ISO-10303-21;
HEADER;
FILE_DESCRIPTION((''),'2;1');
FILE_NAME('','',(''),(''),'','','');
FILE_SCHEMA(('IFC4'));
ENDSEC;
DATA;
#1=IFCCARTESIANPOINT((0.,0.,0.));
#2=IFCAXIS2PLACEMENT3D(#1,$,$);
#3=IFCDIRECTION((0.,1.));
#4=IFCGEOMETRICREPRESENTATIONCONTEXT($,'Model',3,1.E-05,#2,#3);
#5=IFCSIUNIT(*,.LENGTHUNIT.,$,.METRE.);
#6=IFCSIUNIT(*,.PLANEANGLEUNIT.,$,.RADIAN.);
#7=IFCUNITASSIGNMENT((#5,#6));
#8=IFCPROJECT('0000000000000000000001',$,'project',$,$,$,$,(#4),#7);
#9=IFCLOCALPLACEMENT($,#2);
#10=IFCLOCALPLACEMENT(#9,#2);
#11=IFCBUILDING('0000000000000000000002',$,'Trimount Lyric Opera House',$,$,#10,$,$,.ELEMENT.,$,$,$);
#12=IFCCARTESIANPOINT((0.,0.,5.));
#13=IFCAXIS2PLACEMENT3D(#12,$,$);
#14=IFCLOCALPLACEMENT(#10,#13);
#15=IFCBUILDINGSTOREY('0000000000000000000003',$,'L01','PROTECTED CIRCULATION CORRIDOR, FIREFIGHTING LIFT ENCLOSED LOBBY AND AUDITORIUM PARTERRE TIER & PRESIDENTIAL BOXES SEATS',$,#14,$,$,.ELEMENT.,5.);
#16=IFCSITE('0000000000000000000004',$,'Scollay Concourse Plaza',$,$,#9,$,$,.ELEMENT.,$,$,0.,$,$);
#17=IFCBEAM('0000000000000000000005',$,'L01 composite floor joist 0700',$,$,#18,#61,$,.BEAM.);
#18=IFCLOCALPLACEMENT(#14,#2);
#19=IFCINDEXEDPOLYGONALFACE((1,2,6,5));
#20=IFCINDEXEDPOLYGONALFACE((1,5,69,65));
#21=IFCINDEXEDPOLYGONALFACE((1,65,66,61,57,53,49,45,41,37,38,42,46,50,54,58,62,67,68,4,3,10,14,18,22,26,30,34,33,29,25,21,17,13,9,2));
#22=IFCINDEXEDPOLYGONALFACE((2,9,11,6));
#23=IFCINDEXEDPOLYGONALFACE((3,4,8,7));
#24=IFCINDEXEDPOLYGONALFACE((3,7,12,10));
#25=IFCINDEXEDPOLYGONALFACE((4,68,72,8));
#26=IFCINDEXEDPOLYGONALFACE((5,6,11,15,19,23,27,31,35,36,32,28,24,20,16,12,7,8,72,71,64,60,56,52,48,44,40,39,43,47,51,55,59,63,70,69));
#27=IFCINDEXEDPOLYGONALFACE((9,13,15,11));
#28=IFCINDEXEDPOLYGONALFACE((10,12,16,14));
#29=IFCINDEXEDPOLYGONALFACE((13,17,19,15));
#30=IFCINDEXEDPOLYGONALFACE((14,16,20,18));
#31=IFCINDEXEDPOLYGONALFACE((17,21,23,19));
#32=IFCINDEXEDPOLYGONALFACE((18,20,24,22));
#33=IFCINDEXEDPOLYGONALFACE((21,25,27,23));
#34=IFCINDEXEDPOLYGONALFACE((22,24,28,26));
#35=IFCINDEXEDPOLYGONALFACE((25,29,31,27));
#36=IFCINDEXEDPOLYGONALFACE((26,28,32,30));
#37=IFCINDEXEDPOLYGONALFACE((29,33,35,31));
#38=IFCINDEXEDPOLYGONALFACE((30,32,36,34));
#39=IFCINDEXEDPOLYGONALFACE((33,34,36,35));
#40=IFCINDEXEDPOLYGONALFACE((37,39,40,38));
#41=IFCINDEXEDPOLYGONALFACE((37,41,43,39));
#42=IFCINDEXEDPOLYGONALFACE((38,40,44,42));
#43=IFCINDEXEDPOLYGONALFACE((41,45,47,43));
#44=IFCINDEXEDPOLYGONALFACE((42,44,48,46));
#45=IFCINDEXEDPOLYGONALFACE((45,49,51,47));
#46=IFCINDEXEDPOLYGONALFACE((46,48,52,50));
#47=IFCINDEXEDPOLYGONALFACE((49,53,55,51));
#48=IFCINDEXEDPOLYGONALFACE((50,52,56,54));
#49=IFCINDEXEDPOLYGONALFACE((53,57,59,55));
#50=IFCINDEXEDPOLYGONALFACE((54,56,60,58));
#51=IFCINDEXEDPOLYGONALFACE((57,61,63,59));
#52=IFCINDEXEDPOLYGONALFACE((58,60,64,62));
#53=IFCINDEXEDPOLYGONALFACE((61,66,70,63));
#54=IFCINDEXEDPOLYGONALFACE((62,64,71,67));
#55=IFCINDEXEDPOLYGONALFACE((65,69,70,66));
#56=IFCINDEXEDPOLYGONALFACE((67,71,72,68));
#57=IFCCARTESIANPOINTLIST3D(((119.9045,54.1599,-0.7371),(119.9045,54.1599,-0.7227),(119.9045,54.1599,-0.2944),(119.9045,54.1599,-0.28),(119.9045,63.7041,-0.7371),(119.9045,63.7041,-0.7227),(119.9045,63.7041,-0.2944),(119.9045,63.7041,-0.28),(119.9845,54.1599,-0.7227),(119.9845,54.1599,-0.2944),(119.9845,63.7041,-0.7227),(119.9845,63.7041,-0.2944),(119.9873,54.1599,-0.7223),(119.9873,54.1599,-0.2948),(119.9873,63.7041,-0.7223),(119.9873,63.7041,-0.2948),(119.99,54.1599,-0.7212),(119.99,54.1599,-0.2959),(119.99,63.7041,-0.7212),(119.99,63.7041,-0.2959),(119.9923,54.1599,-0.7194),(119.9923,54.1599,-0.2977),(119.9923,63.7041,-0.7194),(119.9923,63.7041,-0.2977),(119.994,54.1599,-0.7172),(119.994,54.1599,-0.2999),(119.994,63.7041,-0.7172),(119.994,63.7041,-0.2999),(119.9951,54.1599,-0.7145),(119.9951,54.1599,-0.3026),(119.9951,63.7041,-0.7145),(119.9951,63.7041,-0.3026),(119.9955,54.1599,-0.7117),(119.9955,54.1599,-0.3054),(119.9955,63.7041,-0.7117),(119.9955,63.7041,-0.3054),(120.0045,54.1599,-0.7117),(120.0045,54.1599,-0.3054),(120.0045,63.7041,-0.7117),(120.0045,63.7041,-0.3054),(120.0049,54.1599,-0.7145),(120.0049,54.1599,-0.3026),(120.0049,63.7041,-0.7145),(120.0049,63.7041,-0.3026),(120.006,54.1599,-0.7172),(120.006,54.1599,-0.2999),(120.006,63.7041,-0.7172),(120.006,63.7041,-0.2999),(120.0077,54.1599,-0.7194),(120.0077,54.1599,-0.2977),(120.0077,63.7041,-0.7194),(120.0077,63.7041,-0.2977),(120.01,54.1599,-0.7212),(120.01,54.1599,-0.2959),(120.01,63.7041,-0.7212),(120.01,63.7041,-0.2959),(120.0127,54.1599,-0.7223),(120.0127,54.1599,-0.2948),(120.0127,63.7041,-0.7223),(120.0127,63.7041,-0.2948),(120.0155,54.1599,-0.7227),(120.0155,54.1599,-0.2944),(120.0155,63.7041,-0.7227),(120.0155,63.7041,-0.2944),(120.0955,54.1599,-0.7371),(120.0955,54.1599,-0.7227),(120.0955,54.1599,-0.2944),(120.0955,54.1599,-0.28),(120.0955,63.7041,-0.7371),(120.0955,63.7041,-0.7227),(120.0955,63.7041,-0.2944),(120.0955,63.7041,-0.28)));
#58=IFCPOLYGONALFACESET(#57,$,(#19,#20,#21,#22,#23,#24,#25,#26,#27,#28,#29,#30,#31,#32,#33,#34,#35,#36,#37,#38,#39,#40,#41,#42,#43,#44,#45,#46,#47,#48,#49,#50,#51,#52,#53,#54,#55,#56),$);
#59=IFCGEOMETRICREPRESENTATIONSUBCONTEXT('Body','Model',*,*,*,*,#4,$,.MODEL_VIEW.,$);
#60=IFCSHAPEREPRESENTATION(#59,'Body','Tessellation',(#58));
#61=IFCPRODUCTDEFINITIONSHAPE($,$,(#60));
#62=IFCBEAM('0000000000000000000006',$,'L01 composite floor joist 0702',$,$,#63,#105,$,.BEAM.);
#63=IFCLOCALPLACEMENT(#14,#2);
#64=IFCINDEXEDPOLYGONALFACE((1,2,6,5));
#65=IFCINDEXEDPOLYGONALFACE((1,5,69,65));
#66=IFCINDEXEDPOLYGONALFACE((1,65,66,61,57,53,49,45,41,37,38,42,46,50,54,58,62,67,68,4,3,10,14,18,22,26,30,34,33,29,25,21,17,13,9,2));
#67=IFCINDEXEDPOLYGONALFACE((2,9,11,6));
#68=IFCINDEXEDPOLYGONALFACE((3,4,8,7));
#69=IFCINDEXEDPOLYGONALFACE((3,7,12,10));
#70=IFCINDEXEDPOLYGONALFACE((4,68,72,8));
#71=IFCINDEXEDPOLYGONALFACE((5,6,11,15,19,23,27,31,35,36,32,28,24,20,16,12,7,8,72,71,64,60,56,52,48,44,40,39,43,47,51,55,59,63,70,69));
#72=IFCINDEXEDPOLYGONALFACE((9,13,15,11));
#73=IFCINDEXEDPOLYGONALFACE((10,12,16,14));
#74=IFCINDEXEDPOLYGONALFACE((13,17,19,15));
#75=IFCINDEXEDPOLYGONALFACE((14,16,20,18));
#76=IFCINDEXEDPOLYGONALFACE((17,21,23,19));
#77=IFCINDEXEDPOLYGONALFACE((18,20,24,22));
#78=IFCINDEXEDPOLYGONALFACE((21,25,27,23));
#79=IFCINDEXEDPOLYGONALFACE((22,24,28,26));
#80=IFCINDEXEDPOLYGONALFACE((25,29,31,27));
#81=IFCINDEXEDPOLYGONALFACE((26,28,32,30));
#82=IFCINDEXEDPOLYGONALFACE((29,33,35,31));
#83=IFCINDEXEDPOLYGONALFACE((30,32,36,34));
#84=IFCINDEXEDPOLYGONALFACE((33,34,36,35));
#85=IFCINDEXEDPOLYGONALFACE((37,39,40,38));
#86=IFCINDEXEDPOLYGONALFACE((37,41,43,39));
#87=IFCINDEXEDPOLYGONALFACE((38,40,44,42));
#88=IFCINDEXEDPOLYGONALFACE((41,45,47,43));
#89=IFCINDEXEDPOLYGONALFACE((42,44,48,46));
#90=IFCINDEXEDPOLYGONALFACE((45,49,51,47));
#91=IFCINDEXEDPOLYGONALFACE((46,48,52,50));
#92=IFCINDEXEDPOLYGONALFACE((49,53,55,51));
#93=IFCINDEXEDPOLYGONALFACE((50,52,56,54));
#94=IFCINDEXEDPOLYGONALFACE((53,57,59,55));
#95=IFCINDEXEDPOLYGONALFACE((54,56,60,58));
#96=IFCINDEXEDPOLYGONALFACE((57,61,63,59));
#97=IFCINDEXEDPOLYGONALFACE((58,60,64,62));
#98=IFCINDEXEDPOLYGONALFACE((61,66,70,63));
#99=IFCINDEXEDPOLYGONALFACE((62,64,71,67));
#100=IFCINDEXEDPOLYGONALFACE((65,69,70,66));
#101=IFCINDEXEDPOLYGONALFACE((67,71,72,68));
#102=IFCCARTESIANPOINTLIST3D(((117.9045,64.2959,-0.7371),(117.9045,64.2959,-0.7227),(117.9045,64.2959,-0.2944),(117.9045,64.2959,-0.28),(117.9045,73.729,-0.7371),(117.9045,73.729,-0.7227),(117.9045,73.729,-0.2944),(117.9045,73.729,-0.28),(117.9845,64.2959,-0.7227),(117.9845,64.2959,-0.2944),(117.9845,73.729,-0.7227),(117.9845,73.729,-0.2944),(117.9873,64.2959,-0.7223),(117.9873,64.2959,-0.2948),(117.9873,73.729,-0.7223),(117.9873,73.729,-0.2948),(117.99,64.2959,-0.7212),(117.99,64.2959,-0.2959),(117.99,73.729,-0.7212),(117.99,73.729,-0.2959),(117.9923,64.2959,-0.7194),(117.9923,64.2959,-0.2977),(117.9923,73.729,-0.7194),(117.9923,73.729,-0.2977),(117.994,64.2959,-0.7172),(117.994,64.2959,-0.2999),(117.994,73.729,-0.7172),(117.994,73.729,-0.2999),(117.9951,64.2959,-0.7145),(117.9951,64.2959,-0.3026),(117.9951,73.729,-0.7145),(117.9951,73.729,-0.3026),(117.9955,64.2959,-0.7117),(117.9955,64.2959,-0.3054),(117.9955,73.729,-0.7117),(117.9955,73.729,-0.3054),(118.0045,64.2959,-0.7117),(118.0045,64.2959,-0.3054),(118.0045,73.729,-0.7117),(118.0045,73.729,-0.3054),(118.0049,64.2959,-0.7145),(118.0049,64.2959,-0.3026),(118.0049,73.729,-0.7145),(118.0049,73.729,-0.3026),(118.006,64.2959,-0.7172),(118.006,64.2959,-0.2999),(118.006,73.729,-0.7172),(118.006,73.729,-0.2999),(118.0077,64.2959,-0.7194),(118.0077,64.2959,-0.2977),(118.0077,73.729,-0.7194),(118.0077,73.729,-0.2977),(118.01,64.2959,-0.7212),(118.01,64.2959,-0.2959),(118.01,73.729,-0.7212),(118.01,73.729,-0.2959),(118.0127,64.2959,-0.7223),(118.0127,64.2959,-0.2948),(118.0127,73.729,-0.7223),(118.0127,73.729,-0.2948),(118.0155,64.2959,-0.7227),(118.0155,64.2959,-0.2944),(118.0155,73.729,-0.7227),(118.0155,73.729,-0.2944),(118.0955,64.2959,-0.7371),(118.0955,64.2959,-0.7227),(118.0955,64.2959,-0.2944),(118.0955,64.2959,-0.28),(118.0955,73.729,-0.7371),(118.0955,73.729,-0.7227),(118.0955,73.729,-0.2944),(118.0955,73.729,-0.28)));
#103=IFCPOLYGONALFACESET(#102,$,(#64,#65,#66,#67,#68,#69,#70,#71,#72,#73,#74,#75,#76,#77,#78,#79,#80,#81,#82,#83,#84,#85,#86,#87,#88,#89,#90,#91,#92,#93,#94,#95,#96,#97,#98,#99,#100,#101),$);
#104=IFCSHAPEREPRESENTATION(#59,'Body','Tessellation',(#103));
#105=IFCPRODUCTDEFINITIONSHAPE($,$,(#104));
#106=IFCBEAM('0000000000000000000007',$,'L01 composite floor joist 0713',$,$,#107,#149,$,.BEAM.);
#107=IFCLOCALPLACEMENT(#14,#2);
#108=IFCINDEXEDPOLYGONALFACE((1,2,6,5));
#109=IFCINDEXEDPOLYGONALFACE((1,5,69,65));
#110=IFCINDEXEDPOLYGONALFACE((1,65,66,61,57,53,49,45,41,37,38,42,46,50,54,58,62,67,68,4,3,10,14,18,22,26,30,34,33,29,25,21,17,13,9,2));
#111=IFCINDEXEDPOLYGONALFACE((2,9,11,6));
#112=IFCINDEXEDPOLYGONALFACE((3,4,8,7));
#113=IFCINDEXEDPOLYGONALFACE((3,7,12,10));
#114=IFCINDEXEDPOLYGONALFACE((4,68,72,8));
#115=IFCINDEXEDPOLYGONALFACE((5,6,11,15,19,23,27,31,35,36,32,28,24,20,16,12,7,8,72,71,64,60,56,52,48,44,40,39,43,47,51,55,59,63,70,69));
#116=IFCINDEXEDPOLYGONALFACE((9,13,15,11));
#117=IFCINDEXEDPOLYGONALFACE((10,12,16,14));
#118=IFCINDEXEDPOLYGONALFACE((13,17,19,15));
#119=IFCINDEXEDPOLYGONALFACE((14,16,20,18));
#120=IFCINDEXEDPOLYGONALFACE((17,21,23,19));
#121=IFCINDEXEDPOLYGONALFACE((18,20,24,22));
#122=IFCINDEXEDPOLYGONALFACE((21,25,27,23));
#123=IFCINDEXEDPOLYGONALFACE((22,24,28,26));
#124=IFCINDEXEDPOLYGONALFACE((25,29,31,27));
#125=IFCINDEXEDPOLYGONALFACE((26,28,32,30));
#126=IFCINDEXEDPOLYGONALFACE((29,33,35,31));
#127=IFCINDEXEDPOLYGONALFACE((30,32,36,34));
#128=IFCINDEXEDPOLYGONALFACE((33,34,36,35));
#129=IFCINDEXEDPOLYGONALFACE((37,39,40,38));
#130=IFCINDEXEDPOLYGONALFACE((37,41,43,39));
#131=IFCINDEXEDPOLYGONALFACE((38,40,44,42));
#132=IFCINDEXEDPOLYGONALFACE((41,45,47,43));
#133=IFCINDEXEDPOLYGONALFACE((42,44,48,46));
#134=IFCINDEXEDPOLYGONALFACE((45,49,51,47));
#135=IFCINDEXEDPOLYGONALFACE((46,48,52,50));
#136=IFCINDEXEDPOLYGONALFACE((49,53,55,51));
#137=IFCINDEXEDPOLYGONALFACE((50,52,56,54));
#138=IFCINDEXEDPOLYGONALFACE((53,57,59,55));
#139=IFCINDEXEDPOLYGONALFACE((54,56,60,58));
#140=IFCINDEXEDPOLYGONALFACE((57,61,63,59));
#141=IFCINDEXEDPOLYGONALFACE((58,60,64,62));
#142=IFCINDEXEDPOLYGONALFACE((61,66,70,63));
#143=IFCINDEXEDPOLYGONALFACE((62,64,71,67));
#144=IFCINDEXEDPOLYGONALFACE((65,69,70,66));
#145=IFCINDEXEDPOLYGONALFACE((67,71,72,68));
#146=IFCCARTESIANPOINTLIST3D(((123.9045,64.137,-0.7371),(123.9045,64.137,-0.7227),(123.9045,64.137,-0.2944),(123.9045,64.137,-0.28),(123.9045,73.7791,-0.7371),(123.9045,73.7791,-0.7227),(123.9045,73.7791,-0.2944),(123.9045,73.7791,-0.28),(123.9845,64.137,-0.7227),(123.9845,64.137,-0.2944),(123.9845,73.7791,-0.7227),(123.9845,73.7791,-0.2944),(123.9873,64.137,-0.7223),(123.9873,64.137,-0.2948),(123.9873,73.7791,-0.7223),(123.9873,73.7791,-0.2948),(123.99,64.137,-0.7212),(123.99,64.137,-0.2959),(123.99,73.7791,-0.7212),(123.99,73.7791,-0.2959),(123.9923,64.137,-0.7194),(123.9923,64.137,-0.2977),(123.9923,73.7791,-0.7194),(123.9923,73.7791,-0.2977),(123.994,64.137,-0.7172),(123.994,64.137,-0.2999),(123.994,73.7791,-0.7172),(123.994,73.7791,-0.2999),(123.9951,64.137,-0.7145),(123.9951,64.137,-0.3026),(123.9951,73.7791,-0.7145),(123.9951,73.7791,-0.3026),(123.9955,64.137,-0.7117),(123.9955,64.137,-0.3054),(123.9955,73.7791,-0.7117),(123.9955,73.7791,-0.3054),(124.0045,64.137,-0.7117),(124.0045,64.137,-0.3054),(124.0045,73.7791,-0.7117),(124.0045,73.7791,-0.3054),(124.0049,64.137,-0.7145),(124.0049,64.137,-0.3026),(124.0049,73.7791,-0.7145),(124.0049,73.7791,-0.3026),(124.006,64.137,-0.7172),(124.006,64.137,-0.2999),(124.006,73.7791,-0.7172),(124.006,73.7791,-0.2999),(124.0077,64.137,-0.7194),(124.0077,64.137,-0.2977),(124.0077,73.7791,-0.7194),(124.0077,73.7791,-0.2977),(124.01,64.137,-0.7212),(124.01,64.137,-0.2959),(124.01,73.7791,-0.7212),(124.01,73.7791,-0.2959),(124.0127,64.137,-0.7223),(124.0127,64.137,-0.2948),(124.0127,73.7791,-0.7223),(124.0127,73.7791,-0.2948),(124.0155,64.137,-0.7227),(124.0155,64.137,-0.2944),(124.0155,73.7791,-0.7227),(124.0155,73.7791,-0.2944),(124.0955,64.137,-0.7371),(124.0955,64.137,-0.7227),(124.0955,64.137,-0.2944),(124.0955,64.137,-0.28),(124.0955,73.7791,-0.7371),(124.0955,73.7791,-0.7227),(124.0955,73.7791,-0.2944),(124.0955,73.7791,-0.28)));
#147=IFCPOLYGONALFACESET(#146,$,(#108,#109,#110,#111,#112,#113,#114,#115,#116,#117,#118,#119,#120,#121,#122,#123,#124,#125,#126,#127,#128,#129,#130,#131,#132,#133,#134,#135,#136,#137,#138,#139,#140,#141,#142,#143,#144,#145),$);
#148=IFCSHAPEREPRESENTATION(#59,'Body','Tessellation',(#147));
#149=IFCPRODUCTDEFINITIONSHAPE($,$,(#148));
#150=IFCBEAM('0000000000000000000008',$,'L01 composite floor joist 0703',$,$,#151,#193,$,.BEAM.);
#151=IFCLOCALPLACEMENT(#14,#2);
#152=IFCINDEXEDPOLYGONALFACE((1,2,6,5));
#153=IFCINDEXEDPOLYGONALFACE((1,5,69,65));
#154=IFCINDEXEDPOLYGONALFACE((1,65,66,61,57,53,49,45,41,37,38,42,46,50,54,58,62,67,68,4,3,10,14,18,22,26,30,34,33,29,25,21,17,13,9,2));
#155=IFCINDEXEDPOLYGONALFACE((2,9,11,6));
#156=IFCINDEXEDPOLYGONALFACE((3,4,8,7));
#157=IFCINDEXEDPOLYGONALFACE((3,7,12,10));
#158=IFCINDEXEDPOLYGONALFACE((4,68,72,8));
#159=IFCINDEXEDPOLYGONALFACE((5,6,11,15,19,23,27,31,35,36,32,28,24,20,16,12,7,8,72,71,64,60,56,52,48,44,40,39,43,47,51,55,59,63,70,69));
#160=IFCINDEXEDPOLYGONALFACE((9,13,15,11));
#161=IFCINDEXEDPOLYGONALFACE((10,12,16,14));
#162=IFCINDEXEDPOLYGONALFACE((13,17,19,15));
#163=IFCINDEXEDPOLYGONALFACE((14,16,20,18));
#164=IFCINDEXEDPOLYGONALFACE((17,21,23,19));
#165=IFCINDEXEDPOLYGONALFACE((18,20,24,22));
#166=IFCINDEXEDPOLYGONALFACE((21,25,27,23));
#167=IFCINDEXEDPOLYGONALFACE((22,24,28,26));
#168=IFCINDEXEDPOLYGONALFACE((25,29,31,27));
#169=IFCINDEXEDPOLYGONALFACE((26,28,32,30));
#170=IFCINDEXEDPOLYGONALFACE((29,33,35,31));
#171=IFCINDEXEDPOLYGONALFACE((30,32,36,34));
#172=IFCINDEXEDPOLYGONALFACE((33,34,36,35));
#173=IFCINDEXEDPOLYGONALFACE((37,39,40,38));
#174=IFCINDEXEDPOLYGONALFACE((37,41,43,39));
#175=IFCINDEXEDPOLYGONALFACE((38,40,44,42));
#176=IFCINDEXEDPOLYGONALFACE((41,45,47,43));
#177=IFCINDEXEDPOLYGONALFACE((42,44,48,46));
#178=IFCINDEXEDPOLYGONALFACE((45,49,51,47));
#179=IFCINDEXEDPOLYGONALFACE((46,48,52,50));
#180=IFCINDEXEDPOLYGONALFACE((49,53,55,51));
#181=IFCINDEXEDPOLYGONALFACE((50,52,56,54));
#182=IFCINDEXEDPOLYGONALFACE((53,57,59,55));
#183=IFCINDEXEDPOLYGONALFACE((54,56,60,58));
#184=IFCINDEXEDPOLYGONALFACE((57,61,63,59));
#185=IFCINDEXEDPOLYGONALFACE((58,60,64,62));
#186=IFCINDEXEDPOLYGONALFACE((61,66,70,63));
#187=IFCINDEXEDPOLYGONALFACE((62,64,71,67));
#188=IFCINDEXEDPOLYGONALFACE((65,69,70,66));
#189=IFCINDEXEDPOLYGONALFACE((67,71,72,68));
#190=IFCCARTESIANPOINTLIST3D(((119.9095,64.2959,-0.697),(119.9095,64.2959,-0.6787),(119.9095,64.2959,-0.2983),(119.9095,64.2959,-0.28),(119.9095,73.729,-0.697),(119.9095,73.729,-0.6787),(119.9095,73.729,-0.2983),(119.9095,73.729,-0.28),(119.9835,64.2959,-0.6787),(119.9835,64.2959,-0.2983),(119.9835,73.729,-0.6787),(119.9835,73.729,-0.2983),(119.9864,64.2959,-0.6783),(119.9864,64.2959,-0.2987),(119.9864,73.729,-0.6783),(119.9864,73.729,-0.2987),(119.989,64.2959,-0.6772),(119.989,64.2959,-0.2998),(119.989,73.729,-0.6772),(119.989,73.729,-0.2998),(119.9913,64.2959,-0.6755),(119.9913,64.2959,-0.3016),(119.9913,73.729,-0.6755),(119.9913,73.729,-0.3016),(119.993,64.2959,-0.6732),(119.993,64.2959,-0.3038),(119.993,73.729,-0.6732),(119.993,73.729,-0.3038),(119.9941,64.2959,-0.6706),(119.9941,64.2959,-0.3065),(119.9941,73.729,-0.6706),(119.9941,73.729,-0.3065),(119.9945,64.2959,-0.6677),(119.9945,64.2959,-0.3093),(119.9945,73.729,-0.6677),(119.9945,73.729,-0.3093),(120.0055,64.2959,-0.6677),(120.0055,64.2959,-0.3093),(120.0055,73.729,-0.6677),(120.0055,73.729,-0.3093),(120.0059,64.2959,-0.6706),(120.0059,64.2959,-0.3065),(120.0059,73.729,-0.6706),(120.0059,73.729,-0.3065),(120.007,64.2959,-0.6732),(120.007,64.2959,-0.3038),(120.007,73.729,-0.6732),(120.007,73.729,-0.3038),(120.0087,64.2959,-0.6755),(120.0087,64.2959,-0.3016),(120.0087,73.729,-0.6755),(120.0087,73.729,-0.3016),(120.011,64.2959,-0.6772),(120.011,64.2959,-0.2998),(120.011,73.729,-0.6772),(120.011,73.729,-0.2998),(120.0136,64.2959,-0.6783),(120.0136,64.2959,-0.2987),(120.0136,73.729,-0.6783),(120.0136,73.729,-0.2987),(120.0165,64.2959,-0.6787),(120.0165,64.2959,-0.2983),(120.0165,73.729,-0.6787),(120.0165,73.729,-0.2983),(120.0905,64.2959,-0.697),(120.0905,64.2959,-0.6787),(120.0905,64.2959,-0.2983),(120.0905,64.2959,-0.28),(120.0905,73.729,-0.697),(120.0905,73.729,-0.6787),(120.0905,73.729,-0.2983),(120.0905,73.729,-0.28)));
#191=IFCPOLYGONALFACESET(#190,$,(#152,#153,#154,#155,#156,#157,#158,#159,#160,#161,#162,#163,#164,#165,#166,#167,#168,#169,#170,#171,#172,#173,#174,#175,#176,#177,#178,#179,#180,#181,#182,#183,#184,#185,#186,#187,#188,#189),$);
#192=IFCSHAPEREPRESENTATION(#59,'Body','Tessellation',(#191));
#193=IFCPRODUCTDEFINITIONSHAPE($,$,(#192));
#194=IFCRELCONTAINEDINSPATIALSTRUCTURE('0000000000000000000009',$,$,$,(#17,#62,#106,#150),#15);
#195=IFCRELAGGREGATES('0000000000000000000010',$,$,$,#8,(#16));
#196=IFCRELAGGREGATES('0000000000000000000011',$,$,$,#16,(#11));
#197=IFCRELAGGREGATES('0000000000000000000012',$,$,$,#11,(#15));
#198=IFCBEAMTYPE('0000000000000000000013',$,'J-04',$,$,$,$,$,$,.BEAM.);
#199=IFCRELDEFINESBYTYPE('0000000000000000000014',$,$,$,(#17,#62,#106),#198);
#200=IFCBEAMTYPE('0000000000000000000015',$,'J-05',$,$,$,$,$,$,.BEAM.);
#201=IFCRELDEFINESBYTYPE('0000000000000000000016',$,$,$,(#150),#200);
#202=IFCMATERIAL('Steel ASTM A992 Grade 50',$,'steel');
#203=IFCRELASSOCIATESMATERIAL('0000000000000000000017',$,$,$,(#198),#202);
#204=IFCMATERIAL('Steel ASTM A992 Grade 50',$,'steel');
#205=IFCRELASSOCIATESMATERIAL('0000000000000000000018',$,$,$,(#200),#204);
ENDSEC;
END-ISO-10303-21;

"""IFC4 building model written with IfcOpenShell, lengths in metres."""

from ifc_helpers import new_model, si_unit, direction, frame, origin, origin_2d, place, context, subcontext, project, spatial, i_section, extrude, material, material_profile, profile_set, type_object, element, save


model = new_model("IFC4")

# Units and contexts
model_context = context("Model", 3, precision=1e-05, world=origin(), true_north=direction((0.0, 1.0)))
body_context = subcontext(model_context, "Body", "Model", "MODEL_VIEW")
ifc_project = project(units=[si_unit("LENGTHUNIT", "METRE"), si_unit("PLANEANGLEUNIT", "RADIAN")], contexts=[model_context])

# Site, building, storey
site_placement = place(None, origin())
site = spatial("IfcSite", under=ifc_project, at=site_placement, Name="Scollay Concourse Plaza", CompositionType="ELEMENT", RefElevation=0.0)
building_placement = place(site_placement, origin())
building = spatial("IfcBuilding", under=site, at=building_placement, Name="Trimount Lyric Opera House", CompositionType="ELEMENT")
storey_placement = place(building_placement, frame((0.0, 0.0, 5.0)))
storey = spatial("IfcBuildingStorey", under=building, at=storey_placement, Name="L01", Description="PROTECTED CIRCULATION CORRIDOR, FIREFIGHTING LIFT ENCLOSED LOBBY AND AUDITORIUM PARTERRE TIER & PRESIDENTIAL BOXES SEATS", CompositionType="ELEMENT", Elevation=5.0)

# Beams
ifc_material_1 = material(Name="Steel ASTM A992 Grade 50", Category="steel")
ifc_material_profile_1 = material_profile(ifc_material_1, i_section(OverallWidth=0.1909, OverallDepth=0.457, WebThickness=0.009, FlangeThickness=0.0144, FilletRadius=0.011, at=origin_2d()), Name="W18X50")
ifc_profile_set_1 = profile_set([ifc_material_profile_1], Name="Steel ASTM A992 Grade 50")
beam_type_1 = type_object("IfcBeamType", Name="J-04", PredefinedType="BEAM", material=ifc_profile_set_1)
beam_1_placement = place(storey_placement, frame((120.0, 54.1599, -0.5085), z_axis=(0.0, 1.0, 0.0), x_axis=(-1.0, 0.0, 0.0)))
element("IfcBeam", 1, at=beam_1_placement, inside=storey, type_object=beam_type_1, Name="L01 composite floor joist 0700", PredefinedType="BEAM", context=body_context, shape_type="SweptSolid", body=[
    extrude(i_section(OverallWidth=0.1909, OverallDepth=0.457, WebThickness=0.009, FlangeThickness=0.0144, FilletRadius=0.011, at=origin_2d()), origin(), (0.0, 0.0, 1.0), 9.5442),
])
beam_2_placement = place(storey_placement, frame((118.0, 64.2959, -0.5085), z_axis=(0.0, 1.0, 0.0), x_axis=(-1.0, 0.0, 0.0)))
element("IfcBeam", 2, at=beam_2_placement, inside=storey, type_object=beam_type_1, Name="L01 composite floor joist 0702", PredefinedType="BEAM", context=body_context, shape_type="SweptSolid", body=[
    extrude(i_section(OverallWidth=0.1909, OverallDepth=0.457, WebThickness=0.009, FlangeThickness=0.0144, FilletRadius=0.011, at=origin_2d()), origin(), (0.0, 0.0, 1.0), 9.4331),
])
beam_3_placement = place(storey_placement, frame((124.0, 64.137, -0.5085), z_axis=(0.0, 1.0, 0.0), x_axis=(-1.0, 0.0, 0.0)))
element("IfcBeam", 3, at=beam_3_placement, inside=storey, type_object=beam_type_1, Name="L01 composite floor joist 0713", PredefinedType="BEAM", context=body_context, shape_type="SweptSolid", body=[
    extrude(i_section(OverallWidth=0.1909, OverallDepth=0.457, WebThickness=0.009, FlangeThickness=0.0144, FilletRadius=0.011, at=origin_2d()), origin(), (0.0, 0.0, 1.0), 9.6421),
])
ifc_material_2 = material(Name="Steel ASTM A992 Grade 50", Category="steel")
ifc_material_profile_2 = material_profile(ifc_material_2, i_section(OverallWidth=0.1809, OverallDepth=0.417, WebThickness=0.011, FlangeThickness=0.0183, FilletRadius=0.011, at=origin_2d()), Name="W16X57")
ifc_profile_set_2 = profile_set([ifc_material_profile_2], Name="Steel ASTM A992 Grade 50")
beam_type_2 = type_object("IfcBeamType", Name="J-05", PredefinedType="BEAM", material=ifc_profile_set_2)
beam_4_placement = place(storey_placement, frame((120.0, 64.2959, -0.4885), z_axis=(0.0, 1.0, 0.0), x_axis=(-1.0, 0.0, 0.0)))
element("IfcBeam", 4, at=beam_4_placement, inside=storey, type_object=beam_type_2, Name="L01 composite floor joist 0703", PredefinedType="BEAM", context=body_context, shape_type="SweptSolid", body=[
    extrude(i_section(OverallWidth=0.1809, OverallDepth=0.417, WebThickness=0.011, FlangeThickness=0.0183, FilletRadius=0.011, at=origin_2d()), origin(), (0.0, 0.0, 1.0), 9.4331),
])

save(model, "model.ifc")
